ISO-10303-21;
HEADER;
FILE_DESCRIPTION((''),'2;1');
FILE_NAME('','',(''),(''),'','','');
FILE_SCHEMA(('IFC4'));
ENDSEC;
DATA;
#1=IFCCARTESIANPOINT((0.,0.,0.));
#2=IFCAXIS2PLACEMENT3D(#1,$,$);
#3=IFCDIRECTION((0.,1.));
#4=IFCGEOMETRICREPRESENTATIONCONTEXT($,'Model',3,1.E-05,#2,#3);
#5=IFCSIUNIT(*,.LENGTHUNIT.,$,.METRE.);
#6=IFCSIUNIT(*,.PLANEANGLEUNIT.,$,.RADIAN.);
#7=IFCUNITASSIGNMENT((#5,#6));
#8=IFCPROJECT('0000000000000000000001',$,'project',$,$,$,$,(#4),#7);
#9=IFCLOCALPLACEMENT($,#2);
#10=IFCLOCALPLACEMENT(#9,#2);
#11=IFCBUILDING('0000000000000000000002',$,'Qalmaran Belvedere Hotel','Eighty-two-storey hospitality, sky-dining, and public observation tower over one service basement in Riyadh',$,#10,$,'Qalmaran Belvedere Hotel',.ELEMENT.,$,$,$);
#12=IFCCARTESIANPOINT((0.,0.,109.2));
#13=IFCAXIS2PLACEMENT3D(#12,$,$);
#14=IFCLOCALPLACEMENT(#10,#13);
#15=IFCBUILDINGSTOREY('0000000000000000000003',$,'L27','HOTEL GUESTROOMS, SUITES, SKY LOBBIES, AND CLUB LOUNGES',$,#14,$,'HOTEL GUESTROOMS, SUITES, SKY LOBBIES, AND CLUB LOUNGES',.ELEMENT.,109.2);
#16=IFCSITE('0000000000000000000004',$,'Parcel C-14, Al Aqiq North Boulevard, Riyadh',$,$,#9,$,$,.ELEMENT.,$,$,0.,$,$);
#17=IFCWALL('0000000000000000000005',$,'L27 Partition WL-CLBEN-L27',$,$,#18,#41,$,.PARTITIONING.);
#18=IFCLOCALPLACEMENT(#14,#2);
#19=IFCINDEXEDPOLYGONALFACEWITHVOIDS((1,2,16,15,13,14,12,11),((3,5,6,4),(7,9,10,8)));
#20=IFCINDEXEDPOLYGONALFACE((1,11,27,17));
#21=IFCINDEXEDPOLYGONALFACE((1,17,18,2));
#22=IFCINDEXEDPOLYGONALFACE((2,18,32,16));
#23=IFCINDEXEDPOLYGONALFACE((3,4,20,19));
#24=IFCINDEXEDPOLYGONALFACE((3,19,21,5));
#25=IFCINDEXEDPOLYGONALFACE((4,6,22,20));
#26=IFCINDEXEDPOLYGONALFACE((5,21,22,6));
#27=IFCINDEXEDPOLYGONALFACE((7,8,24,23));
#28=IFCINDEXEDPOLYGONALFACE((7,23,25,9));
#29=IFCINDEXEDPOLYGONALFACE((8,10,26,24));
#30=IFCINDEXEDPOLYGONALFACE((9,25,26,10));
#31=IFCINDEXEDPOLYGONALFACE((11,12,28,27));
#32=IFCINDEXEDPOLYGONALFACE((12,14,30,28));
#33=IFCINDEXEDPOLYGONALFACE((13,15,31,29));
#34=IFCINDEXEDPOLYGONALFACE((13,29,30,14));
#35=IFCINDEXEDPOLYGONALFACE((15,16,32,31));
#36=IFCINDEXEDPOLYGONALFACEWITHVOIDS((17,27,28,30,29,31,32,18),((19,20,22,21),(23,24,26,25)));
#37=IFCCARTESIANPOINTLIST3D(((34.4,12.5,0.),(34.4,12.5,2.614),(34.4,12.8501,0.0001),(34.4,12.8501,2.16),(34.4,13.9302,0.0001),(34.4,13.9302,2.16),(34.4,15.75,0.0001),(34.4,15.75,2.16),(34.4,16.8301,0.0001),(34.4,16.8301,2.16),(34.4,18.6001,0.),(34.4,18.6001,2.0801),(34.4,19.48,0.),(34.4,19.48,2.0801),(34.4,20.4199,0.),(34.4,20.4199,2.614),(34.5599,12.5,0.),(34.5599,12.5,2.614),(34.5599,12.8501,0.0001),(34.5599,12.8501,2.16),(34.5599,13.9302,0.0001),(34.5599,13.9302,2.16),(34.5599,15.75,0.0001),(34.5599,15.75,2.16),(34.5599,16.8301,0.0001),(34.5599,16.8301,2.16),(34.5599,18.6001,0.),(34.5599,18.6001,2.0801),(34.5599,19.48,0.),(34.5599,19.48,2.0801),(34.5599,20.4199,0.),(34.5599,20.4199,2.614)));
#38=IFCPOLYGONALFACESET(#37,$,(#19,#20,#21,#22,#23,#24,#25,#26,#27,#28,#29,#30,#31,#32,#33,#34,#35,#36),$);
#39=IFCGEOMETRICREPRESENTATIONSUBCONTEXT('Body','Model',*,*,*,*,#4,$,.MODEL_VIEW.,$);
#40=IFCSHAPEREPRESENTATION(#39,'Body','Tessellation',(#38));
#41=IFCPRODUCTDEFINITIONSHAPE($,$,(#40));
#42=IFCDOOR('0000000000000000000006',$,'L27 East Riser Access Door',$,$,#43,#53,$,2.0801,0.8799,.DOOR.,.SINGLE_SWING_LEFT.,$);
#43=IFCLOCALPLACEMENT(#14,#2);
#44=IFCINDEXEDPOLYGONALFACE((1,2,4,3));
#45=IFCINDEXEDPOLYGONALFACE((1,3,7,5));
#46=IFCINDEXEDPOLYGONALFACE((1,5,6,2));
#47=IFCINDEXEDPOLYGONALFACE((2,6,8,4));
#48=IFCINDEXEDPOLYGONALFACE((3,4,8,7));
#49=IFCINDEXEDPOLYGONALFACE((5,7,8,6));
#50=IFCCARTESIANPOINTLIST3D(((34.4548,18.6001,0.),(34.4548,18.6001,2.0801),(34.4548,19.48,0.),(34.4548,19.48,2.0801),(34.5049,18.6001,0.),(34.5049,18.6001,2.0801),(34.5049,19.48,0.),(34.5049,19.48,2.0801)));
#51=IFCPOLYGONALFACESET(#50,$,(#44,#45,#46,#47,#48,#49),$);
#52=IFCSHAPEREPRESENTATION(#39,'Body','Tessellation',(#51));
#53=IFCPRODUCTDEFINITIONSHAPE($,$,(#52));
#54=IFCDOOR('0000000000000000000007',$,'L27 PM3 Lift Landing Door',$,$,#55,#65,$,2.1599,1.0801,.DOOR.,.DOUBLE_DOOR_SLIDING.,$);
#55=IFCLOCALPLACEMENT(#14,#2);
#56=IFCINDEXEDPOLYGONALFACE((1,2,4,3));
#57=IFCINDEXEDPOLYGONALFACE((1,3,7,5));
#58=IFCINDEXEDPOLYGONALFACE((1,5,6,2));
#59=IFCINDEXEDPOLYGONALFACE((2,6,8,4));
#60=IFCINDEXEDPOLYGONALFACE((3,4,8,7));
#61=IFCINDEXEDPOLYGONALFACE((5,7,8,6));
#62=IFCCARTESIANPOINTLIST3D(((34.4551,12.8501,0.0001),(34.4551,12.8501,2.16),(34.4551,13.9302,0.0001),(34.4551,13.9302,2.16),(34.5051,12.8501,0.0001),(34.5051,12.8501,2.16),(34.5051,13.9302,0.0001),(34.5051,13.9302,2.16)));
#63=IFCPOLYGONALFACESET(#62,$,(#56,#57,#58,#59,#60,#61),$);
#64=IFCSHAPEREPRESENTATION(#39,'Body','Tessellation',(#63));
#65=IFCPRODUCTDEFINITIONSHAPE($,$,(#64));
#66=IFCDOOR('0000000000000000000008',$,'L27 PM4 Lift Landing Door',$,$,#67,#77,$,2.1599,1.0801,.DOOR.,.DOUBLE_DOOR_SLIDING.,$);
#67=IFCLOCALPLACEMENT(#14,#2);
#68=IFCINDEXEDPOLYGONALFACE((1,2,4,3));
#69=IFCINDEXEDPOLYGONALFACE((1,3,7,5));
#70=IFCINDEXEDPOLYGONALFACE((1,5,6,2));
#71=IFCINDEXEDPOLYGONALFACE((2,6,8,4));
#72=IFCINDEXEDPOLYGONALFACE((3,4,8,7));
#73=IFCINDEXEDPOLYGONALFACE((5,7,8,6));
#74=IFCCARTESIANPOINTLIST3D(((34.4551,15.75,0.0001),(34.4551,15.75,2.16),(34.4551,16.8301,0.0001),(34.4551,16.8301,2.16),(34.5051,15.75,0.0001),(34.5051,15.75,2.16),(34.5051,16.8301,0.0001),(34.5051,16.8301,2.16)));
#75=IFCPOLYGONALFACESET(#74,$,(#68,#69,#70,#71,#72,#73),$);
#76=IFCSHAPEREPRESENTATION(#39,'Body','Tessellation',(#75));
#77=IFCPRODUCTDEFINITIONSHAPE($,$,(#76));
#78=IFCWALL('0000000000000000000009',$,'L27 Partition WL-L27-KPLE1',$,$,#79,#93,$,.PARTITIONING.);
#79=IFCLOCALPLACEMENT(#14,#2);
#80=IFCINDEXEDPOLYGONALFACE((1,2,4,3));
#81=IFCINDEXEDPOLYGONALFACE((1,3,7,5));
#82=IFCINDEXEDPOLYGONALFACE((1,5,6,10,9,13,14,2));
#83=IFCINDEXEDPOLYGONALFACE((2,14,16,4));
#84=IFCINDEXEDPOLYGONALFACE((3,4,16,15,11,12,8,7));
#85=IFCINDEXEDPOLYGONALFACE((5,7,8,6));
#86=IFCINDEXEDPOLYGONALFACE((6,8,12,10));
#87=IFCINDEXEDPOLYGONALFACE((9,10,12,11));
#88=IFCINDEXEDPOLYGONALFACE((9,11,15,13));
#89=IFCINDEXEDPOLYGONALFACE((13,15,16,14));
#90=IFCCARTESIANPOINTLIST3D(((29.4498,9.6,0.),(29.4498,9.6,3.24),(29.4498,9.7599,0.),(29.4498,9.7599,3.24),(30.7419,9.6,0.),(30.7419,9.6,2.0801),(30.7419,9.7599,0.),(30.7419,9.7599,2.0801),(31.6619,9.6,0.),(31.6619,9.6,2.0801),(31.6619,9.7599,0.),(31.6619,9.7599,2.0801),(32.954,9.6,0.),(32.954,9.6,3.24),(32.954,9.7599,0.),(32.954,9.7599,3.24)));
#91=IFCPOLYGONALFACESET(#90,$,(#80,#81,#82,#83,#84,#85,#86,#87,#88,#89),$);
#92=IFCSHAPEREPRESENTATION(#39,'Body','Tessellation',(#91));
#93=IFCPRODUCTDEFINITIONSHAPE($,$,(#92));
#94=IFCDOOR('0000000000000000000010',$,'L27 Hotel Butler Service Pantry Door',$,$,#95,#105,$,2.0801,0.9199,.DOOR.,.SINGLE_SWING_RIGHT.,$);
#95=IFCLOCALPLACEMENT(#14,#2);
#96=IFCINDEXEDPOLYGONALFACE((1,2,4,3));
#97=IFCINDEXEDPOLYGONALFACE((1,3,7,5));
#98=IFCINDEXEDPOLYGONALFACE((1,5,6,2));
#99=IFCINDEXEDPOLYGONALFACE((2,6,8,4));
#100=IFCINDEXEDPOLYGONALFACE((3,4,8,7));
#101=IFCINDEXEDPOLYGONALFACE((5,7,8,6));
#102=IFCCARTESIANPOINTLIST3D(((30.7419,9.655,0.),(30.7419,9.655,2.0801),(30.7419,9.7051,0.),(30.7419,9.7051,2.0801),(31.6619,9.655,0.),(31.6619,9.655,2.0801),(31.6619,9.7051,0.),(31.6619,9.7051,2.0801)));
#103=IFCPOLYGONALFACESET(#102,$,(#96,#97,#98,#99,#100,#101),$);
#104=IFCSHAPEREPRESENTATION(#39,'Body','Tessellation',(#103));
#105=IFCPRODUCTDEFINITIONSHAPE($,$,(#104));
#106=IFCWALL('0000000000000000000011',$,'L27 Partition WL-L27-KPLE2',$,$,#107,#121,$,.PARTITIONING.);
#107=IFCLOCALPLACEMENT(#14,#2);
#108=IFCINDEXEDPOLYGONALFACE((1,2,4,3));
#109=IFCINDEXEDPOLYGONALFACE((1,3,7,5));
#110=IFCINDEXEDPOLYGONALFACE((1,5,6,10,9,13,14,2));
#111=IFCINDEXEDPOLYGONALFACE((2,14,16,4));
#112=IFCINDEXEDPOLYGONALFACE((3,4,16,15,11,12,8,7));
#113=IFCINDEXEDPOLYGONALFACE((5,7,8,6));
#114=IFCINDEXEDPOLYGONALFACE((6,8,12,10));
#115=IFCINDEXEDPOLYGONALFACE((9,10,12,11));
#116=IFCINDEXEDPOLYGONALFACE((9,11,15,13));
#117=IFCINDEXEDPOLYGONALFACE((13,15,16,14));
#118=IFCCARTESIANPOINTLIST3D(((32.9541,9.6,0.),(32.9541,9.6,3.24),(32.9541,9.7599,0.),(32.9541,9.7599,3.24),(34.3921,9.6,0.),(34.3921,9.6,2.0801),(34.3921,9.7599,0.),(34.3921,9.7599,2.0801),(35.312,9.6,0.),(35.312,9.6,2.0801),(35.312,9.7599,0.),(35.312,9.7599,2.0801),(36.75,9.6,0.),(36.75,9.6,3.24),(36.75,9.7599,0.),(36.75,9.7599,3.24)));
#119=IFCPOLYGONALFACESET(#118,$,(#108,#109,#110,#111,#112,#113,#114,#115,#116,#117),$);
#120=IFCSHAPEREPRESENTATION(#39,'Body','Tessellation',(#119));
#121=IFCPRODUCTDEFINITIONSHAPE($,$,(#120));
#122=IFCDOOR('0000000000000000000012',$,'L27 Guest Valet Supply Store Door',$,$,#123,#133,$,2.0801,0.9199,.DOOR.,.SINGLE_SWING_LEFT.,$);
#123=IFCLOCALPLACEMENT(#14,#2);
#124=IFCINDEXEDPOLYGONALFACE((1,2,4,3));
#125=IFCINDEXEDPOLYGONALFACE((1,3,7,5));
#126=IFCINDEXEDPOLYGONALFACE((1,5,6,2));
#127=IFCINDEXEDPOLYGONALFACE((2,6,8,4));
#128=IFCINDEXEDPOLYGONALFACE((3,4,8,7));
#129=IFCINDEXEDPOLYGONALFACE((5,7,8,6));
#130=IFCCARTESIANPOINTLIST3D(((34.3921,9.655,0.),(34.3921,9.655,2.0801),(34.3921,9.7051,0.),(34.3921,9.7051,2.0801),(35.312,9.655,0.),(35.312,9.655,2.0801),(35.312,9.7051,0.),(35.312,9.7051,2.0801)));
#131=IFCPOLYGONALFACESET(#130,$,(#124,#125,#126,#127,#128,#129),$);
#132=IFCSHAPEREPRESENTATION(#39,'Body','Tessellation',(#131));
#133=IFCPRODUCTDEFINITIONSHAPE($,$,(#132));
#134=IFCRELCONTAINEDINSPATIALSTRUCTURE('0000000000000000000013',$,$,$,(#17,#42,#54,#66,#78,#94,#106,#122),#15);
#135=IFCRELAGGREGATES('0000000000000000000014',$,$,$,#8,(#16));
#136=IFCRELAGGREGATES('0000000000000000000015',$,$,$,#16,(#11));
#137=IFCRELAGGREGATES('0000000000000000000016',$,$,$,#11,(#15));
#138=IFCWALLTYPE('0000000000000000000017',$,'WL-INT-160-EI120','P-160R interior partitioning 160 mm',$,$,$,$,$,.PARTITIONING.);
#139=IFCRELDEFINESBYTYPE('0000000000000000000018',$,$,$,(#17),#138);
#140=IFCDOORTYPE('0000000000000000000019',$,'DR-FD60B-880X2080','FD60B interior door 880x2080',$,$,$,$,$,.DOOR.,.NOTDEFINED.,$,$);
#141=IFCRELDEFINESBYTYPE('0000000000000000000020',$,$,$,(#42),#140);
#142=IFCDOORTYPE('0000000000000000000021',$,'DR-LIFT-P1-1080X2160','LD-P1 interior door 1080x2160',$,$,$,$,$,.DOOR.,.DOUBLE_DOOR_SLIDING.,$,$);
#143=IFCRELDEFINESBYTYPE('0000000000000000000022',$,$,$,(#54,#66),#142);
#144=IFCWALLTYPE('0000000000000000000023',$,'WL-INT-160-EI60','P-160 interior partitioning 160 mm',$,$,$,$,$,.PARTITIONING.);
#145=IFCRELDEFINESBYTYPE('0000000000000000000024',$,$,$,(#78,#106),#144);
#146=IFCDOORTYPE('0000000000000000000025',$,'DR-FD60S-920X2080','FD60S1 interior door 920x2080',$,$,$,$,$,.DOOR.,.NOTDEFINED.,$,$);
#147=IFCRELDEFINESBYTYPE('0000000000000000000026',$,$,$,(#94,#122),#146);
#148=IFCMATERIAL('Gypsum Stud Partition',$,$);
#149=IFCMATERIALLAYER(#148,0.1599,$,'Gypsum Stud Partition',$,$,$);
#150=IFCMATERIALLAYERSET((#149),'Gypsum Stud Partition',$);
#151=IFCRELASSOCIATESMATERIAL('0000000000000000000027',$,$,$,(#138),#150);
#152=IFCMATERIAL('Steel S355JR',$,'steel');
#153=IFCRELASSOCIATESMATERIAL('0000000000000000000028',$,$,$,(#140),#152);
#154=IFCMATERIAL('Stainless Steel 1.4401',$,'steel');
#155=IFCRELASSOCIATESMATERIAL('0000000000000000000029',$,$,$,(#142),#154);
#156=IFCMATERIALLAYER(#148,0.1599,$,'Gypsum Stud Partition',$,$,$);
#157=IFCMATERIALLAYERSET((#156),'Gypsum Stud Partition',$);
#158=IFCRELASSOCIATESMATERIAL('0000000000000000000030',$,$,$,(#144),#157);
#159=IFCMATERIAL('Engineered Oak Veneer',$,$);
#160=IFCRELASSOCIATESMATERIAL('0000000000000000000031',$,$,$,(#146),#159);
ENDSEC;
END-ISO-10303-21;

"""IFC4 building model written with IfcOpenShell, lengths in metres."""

from ifc_helpers import new_model, si_unit, direction, frame, frame_2d, origin, place, context, subcontext, project, spatial, rectangle, extrude, material, layer, layer_set, type_object, element, fill, save


model = new_model("IFC4")

# Units and contexts
model_context = context("Model", 3, precision=1e-05, world=origin(), true_north=direction((0.0, 1.0)))
body_context = subcontext(model_context, "Body", "Model", "MODEL_VIEW")
ifc_project = project(units=[si_unit("LENGTHUNIT", "METRE"), si_unit("PLANEANGLEUNIT", "RADIAN")], contexts=[model_context])

# Site, building, storey
site_placement = place(None, origin())
site = spatial("IfcSite", under=ifc_project, at=site_placement, Name="Parcel C-14, Al Aqiq North Boulevard, Riyadh", CompositionType="ELEMENT", RefElevation=0.0)
building_placement = place(site_placement, origin())
building = spatial("IfcBuilding", under=site, at=building_placement, Name="Qalmaran Belvedere Hotel", Description="Eighty-two-storey hospitality, sky-dining, and public observation tower over one service basement in Riyadh", LongName="Qalmaran Belvedere Hotel", CompositionType="ELEMENT")
storey_placement = place(building_placement, frame((0.0, 0.0, 109.2)))
storey = spatial("IfcBuildingStorey", under=building, at=storey_placement, Name="L27", Description="HOTEL GUESTROOMS, SUITES, SKY LOBBIES, AND CLUB LOUNGES", LongName="HOTEL GUESTROOMS, SUITES, SKY LOBBIES, AND CLUB LOUNGES", CompositionType="ELEMENT", Elevation=109.2)

# Shared definitions
ifc_material_1 = material(Name="Steel S355JR", Category="steel")

# Shared definitions
ifc_material_2 = material(Name="Gypsum Stud Partition")

# Wall, openings, doors
ifc_layer_1 = layer(ifc_material_2, 0.1599, Name="Gypsum Stud Partition")
ifc_layer_set_1 = layer_set([ifc_layer_1], Name="Gypsum Stud Partition")
wall_type_1 = type_object("IfcWallType", Name="WL-INT-160-EI120", Description="P-160R interior partitioning 160 mm", PredefinedType="PARTITIONING", material=ifc_layer_set_1)
door_type_1 = type_object("IfcDoorType", Name="DR-FD60B-880X2080", Description="FD60B interior door 880x2080", OperationType="NOTDEFINED", PredefinedType="DOOR", material=ifc_material_1)
ifc_material_3 = material(Name="Stainless Steel 1.4401", Category="steel")
door_type_2 = type_object("IfcDoorType", Name="DR-LIFT-P1-1080X2160", Description="LD-P1 interior door 1080x2160", OperationType="DOUBLE_DOOR_SLIDING", PredefinedType="DOOR", material=ifc_material_3)
wall_1_placement = place(storey_placement, frame((34.48, 12.5, 0.0), z_axis=(0.0, 0.0, 1.0), x_axis=(0.0, 1.0, 0.0)))
wall_1 = element("IfcWall", 1, at=wall_1_placement, inside=storey, type_object=wall_type_1, Name="L27 Partition WL-CLBEN-L27", PredefinedType="PARTITIONING", context=body_context, shape_type="SweptSolid", body=[
    extrude(rectangle(XDim=7.9199, YDim=0.1599, at=frame_2d((3.96, 0.0))), origin(), (0.0, 0.0, 1.0), 2.614),
])
opening_1_placement = place(wall_1_placement, frame((0.3501, 0.0, 0.0)))
opening_1 = element("IfcOpeningElement", 2, at=opening_1_placement, cuts=wall_1, PredefinedType="OPENING", context=body_context, shape_type="SweptSolid", body=[
    extrude(rectangle(XDim=1.0801, YDim=2.1599, at=frame_2d((0.54, 1.0801))), frame((0.0, 0.0898, 0.0), z_axis=(0.0, -1.0, 0.0), x_axis=(1.0, 0.0, 0.0)), (0.0, 0.0, 1.0), 0.1799),
])
opening_2_placement = place(wall_1_placement, frame((3.25, 0.0, 0.0)))
opening_2 = element("IfcOpeningElement", 3, at=opening_2_placement, cuts=wall_1, PredefinedType="OPENING", context=body_context, shape_type="SweptSolid", body=[
    extrude(rectangle(XDim=1.0801, YDim=2.1599, at=frame_2d((0.54, 1.0801))), frame((0.0, 0.0898, 0.0), z_axis=(0.0, -1.0, 0.0), x_axis=(1.0, 0.0, 0.0)), (0.0, 0.0, 1.0), 0.1799),
])
opening_3_placement = place(wall_1_placement, frame((6.98, 0.0, 0.0), z_axis=(0.0, 0.0, 1.0), x_axis=(-1.0, 0.0, 0.0)))
opening_3 = element("IfcOpeningElement", 4, at=opening_3_placement, cuts=wall_1, PredefinedType="OPENING", context=body_context, shape_type="SweptSolid", body=[
    extrude(rectangle(XDim=0.8799, YDim=2.0801, at=frame_2d((0.4399, 1.04))), frame((0.0, 0.0898, 0.0), z_axis=(0.0, -1.0, 0.0), x_axis=(1.0, 0.0, 0.0)), (0.0, 0.0, 1.0), 0.1799),
])
door_1_placement = place(opening_3_placement, origin())
door_1 = element("IfcDoor", 5, at=door_1_placement, inside=storey, type_object=door_type_1, Name="L27 East Riser Access Door", OperationType="SINGLE_SWING_LEFT", OverallHeight=2.0801, OverallWidth=0.8799, PredefinedType="DOOR", context=body_context, shape_type="SweptSolid", body=[
    extrude(rectangle(XDim=0.8799, YDim=2.0801, at=frame_2d((0.4399, 1.04))), frame((0.0, 0.0249, 0.0), z_axis=(0.0, -1.0, 0.0), x_axis=(1.0, 0.0, 0.0)), (0.0, 0.0, 1.0), 0.05),
])
fill(opening_3, door_1)
door_2_placement = place(opening_1_placement, origin())
door_2 = element("IfcDoor", 6, at=door_2_placement, inside=storey, type_object=door_type_2, Name="L27 PM3 Lift Landing Door", OperationType="DOUBLE_DOOR_SLIDING", OverallHeight=2.1599, OverallWidth=1.0801, PredefinedType="DOOR", context=body_context, shape_type="SweptSolid", body=[
    extrude(rectangle(XDim=1.0801, YDim=2.1599, at=frame_2d((0.54, 1.0801))), frame((0.0, 0.0249, 0.0), z_axis=(0.0, -1.0, 0.0), x_axis=(1.0, 0.0, 0.0)), (0.0, 0.0, 1.0), 0.05),
])
fill(opening_1, door_2)
door_3_placement = place(opening_2_placement, origin())
door_3 = element("IfcDoor", 7, at=door_3_placement, inside=storey, type_object=door_type_2, Name="L27 PM4 Lift Landing Door", OperationType="DOUBLE_DOOR_SLIDING", OverallHeight=2.1599, OverallWidth=1.0801, PredefinedType="DOOR", context=body_context, shape_type="SweptSolid", body=[
    extrude(rectangle(XDim=1.0801, YDim=2.1599, at=frame_2d((0.54, 1.0801))), frame((0.0, 0.0249, 0.0), z_axis=(0.0, -1.0, 0.0), x_axis=(1.0, 0.0, 0.0)), (0.0, 0.0, 1.0), 0.05),
])
fill(opening_2, door_3)

# Walls, openings, doors
ifc_layer_2 = layer(ifc_material_2, 0.1599, Name="Gypsum Stud Partition")
ifc_layer_set_2 = layer_set([ifc_layer_2], Name="Gypsum Stud Partition")
wall_type_2 = type_object("IfcWallType", Name="WL-INT-160-EI60", Description="P-160 interior partitioning 160 mm", PredefinedType="PARTITIONING", material=ifc_layer_set_2)
wall_2_placement = place(storey_placement, frame((29.45, 9.6799, 0.0), z_axis=(0.0, 0.0, 1.0), x_axis=(1.0, 0.0, 0.0)))
wall_2 = element("IfcWall", 8, at=wall_2_placement, inside=storey, type_object=wall_type_2, Name="L27 Partition WL-L27-KPLE1", PredefinedType="PARTITIONING", context=body_context, shape_type="SweptSolid", body=[
    extrude(rectangle(XDim=3.5042, YDim=0.1599, at=frame_2d((1.752, 0.0))), origin(), (0.0, 0.0, 1.0), 3.24),
])
opening_4_placement = place(wall_2_placement, frame((2.2119, 0.0, 0.0), z_axis=(0.0, 0.0, 1.0), x_axis=(-1.0, 0.0, 0.0)))
opening_4 = element("IfcOpeningElement", 9, at=opening_4_placement, cuts=wall_2, PredefinedType="OPENING", context=body_context, shape_type="SweptSolid", body=[
    extrude(rectangle(XDim=0.9199, YDim=2.0801, at=frame_2d((0.46, 1.04))), frame((0.0, 0.0898, 0.0), z_axis=(0.0, -1.0, 0.0), x_axis=(1.0, 0.0, 0.0)), (0.0, 0.0, 1.0), 0.1799),
])
ifc_material_4 = material(Name="Engineered Oak Veneer")
door_type_3 = type_object("IfcDoorType", Name="DR-FD60S-920X2080", Description="FD60S1 interior door 920x2080", OperationType="NOTDEFINED", PredefinedType="DOOR", material=ifc_material_4)
door_4_placement = place(opening_4_placement, origin())
door_4 = element("IfcDoor", 10, at=door_4_placement, inside=storey, type_object=door_type_3, Name="L27 Hotel Butler Service Pantry Door", OperationType="SINGLE_SWING_RIGHT", OverallHeight=2.0801, OverallWidth=0.9199, PredefinedType="DOOR", context=body_context, shape_type="SweptSolid", body=[
    extrude(rectangle(XDim=0.9199, YDim=2.0801, at=frame_2d((0.46, 1.04))), frame((0.0, 0.0249, 0.0), z_axis=(0.0, -1.0, 0.0), x_axis=(1.0, 0.0, 0.0)), (0.0, 0.0, 1.0), 0.05),
])
fill(opening_4, door_4)
wall_3_placement = place(storey_placement, frame((32.9541, 9.6799, 0.0), z_axis=(0.0, 0.0, 1.0), x_axis=(1.0, 0.0, 0.0)))
wall_3 = element("IfcWall", 11, at=wall_3_placement, inside=storey, type_object=wall_type_2, Name="L27 Partition WL-L27-KPLE2", PredefinedType="PARTITIONING", context=body_context, shape_type="SweptSolid", body=[
    extrude(rectangle(XDim=3.7959, YDim=0.1599, at=frame_2d((1.8979, 0.0))), origin(), (0.0, 0.0, 1.0), 3.24),
])
opening_5_placement = place(wall_3_placement, frame((2.3579, 0.0, 0.0), z_axis=(0.0, 0.0, 1.0), x_axis=(-1.0, 0.0, 0.0)))
opening_5 = element("IfcOpeningElement", 12, at=opening_5_placement, cuts=wall_3, PredefinedType="OPENING", context=body_context, shape_type="SweptSolid", body=[
    extrude(rectangle(XDim=0.9199, YDim=2.0801, at=frame_2d((0.46, 1.04))), frame((0.0, 0.0898, 0.0), z_axis=(0.0, -1.0, 0.0), x_axis=(1.0, 0.0, 0.0)), (0.0, 0.0, 1.0), 0.1799),
])
door_5_placement = place(opening_5_placement, origin())
door_5 = element("IfcDoor", 13, at=door_5_placement, inside=storey, type_object=door_type_3, Name="L27 Guest Valet Supply Store Door", OperationType="SINGLE_SWING_LEFT", OverallHeight=2.0801, OverallWidth=0.9199, PredefinedType="DOOR", context=body_context, shape_type="SweptSolid", body=[
    extrude(rectangle(XDim=0.9199, YDim=2.0801, at=frame_2d((0.46, 1.04))), frame((0.0, 0.0249, 0.0), z_axis=(0.0, -1.0, 0.0), x_axis=(1.0, 0.0, 0.0)), (0.0, 0.0, 1.0), 0.05),
])
fill(opening_5, door_5)

save(model, "model.ifc")
